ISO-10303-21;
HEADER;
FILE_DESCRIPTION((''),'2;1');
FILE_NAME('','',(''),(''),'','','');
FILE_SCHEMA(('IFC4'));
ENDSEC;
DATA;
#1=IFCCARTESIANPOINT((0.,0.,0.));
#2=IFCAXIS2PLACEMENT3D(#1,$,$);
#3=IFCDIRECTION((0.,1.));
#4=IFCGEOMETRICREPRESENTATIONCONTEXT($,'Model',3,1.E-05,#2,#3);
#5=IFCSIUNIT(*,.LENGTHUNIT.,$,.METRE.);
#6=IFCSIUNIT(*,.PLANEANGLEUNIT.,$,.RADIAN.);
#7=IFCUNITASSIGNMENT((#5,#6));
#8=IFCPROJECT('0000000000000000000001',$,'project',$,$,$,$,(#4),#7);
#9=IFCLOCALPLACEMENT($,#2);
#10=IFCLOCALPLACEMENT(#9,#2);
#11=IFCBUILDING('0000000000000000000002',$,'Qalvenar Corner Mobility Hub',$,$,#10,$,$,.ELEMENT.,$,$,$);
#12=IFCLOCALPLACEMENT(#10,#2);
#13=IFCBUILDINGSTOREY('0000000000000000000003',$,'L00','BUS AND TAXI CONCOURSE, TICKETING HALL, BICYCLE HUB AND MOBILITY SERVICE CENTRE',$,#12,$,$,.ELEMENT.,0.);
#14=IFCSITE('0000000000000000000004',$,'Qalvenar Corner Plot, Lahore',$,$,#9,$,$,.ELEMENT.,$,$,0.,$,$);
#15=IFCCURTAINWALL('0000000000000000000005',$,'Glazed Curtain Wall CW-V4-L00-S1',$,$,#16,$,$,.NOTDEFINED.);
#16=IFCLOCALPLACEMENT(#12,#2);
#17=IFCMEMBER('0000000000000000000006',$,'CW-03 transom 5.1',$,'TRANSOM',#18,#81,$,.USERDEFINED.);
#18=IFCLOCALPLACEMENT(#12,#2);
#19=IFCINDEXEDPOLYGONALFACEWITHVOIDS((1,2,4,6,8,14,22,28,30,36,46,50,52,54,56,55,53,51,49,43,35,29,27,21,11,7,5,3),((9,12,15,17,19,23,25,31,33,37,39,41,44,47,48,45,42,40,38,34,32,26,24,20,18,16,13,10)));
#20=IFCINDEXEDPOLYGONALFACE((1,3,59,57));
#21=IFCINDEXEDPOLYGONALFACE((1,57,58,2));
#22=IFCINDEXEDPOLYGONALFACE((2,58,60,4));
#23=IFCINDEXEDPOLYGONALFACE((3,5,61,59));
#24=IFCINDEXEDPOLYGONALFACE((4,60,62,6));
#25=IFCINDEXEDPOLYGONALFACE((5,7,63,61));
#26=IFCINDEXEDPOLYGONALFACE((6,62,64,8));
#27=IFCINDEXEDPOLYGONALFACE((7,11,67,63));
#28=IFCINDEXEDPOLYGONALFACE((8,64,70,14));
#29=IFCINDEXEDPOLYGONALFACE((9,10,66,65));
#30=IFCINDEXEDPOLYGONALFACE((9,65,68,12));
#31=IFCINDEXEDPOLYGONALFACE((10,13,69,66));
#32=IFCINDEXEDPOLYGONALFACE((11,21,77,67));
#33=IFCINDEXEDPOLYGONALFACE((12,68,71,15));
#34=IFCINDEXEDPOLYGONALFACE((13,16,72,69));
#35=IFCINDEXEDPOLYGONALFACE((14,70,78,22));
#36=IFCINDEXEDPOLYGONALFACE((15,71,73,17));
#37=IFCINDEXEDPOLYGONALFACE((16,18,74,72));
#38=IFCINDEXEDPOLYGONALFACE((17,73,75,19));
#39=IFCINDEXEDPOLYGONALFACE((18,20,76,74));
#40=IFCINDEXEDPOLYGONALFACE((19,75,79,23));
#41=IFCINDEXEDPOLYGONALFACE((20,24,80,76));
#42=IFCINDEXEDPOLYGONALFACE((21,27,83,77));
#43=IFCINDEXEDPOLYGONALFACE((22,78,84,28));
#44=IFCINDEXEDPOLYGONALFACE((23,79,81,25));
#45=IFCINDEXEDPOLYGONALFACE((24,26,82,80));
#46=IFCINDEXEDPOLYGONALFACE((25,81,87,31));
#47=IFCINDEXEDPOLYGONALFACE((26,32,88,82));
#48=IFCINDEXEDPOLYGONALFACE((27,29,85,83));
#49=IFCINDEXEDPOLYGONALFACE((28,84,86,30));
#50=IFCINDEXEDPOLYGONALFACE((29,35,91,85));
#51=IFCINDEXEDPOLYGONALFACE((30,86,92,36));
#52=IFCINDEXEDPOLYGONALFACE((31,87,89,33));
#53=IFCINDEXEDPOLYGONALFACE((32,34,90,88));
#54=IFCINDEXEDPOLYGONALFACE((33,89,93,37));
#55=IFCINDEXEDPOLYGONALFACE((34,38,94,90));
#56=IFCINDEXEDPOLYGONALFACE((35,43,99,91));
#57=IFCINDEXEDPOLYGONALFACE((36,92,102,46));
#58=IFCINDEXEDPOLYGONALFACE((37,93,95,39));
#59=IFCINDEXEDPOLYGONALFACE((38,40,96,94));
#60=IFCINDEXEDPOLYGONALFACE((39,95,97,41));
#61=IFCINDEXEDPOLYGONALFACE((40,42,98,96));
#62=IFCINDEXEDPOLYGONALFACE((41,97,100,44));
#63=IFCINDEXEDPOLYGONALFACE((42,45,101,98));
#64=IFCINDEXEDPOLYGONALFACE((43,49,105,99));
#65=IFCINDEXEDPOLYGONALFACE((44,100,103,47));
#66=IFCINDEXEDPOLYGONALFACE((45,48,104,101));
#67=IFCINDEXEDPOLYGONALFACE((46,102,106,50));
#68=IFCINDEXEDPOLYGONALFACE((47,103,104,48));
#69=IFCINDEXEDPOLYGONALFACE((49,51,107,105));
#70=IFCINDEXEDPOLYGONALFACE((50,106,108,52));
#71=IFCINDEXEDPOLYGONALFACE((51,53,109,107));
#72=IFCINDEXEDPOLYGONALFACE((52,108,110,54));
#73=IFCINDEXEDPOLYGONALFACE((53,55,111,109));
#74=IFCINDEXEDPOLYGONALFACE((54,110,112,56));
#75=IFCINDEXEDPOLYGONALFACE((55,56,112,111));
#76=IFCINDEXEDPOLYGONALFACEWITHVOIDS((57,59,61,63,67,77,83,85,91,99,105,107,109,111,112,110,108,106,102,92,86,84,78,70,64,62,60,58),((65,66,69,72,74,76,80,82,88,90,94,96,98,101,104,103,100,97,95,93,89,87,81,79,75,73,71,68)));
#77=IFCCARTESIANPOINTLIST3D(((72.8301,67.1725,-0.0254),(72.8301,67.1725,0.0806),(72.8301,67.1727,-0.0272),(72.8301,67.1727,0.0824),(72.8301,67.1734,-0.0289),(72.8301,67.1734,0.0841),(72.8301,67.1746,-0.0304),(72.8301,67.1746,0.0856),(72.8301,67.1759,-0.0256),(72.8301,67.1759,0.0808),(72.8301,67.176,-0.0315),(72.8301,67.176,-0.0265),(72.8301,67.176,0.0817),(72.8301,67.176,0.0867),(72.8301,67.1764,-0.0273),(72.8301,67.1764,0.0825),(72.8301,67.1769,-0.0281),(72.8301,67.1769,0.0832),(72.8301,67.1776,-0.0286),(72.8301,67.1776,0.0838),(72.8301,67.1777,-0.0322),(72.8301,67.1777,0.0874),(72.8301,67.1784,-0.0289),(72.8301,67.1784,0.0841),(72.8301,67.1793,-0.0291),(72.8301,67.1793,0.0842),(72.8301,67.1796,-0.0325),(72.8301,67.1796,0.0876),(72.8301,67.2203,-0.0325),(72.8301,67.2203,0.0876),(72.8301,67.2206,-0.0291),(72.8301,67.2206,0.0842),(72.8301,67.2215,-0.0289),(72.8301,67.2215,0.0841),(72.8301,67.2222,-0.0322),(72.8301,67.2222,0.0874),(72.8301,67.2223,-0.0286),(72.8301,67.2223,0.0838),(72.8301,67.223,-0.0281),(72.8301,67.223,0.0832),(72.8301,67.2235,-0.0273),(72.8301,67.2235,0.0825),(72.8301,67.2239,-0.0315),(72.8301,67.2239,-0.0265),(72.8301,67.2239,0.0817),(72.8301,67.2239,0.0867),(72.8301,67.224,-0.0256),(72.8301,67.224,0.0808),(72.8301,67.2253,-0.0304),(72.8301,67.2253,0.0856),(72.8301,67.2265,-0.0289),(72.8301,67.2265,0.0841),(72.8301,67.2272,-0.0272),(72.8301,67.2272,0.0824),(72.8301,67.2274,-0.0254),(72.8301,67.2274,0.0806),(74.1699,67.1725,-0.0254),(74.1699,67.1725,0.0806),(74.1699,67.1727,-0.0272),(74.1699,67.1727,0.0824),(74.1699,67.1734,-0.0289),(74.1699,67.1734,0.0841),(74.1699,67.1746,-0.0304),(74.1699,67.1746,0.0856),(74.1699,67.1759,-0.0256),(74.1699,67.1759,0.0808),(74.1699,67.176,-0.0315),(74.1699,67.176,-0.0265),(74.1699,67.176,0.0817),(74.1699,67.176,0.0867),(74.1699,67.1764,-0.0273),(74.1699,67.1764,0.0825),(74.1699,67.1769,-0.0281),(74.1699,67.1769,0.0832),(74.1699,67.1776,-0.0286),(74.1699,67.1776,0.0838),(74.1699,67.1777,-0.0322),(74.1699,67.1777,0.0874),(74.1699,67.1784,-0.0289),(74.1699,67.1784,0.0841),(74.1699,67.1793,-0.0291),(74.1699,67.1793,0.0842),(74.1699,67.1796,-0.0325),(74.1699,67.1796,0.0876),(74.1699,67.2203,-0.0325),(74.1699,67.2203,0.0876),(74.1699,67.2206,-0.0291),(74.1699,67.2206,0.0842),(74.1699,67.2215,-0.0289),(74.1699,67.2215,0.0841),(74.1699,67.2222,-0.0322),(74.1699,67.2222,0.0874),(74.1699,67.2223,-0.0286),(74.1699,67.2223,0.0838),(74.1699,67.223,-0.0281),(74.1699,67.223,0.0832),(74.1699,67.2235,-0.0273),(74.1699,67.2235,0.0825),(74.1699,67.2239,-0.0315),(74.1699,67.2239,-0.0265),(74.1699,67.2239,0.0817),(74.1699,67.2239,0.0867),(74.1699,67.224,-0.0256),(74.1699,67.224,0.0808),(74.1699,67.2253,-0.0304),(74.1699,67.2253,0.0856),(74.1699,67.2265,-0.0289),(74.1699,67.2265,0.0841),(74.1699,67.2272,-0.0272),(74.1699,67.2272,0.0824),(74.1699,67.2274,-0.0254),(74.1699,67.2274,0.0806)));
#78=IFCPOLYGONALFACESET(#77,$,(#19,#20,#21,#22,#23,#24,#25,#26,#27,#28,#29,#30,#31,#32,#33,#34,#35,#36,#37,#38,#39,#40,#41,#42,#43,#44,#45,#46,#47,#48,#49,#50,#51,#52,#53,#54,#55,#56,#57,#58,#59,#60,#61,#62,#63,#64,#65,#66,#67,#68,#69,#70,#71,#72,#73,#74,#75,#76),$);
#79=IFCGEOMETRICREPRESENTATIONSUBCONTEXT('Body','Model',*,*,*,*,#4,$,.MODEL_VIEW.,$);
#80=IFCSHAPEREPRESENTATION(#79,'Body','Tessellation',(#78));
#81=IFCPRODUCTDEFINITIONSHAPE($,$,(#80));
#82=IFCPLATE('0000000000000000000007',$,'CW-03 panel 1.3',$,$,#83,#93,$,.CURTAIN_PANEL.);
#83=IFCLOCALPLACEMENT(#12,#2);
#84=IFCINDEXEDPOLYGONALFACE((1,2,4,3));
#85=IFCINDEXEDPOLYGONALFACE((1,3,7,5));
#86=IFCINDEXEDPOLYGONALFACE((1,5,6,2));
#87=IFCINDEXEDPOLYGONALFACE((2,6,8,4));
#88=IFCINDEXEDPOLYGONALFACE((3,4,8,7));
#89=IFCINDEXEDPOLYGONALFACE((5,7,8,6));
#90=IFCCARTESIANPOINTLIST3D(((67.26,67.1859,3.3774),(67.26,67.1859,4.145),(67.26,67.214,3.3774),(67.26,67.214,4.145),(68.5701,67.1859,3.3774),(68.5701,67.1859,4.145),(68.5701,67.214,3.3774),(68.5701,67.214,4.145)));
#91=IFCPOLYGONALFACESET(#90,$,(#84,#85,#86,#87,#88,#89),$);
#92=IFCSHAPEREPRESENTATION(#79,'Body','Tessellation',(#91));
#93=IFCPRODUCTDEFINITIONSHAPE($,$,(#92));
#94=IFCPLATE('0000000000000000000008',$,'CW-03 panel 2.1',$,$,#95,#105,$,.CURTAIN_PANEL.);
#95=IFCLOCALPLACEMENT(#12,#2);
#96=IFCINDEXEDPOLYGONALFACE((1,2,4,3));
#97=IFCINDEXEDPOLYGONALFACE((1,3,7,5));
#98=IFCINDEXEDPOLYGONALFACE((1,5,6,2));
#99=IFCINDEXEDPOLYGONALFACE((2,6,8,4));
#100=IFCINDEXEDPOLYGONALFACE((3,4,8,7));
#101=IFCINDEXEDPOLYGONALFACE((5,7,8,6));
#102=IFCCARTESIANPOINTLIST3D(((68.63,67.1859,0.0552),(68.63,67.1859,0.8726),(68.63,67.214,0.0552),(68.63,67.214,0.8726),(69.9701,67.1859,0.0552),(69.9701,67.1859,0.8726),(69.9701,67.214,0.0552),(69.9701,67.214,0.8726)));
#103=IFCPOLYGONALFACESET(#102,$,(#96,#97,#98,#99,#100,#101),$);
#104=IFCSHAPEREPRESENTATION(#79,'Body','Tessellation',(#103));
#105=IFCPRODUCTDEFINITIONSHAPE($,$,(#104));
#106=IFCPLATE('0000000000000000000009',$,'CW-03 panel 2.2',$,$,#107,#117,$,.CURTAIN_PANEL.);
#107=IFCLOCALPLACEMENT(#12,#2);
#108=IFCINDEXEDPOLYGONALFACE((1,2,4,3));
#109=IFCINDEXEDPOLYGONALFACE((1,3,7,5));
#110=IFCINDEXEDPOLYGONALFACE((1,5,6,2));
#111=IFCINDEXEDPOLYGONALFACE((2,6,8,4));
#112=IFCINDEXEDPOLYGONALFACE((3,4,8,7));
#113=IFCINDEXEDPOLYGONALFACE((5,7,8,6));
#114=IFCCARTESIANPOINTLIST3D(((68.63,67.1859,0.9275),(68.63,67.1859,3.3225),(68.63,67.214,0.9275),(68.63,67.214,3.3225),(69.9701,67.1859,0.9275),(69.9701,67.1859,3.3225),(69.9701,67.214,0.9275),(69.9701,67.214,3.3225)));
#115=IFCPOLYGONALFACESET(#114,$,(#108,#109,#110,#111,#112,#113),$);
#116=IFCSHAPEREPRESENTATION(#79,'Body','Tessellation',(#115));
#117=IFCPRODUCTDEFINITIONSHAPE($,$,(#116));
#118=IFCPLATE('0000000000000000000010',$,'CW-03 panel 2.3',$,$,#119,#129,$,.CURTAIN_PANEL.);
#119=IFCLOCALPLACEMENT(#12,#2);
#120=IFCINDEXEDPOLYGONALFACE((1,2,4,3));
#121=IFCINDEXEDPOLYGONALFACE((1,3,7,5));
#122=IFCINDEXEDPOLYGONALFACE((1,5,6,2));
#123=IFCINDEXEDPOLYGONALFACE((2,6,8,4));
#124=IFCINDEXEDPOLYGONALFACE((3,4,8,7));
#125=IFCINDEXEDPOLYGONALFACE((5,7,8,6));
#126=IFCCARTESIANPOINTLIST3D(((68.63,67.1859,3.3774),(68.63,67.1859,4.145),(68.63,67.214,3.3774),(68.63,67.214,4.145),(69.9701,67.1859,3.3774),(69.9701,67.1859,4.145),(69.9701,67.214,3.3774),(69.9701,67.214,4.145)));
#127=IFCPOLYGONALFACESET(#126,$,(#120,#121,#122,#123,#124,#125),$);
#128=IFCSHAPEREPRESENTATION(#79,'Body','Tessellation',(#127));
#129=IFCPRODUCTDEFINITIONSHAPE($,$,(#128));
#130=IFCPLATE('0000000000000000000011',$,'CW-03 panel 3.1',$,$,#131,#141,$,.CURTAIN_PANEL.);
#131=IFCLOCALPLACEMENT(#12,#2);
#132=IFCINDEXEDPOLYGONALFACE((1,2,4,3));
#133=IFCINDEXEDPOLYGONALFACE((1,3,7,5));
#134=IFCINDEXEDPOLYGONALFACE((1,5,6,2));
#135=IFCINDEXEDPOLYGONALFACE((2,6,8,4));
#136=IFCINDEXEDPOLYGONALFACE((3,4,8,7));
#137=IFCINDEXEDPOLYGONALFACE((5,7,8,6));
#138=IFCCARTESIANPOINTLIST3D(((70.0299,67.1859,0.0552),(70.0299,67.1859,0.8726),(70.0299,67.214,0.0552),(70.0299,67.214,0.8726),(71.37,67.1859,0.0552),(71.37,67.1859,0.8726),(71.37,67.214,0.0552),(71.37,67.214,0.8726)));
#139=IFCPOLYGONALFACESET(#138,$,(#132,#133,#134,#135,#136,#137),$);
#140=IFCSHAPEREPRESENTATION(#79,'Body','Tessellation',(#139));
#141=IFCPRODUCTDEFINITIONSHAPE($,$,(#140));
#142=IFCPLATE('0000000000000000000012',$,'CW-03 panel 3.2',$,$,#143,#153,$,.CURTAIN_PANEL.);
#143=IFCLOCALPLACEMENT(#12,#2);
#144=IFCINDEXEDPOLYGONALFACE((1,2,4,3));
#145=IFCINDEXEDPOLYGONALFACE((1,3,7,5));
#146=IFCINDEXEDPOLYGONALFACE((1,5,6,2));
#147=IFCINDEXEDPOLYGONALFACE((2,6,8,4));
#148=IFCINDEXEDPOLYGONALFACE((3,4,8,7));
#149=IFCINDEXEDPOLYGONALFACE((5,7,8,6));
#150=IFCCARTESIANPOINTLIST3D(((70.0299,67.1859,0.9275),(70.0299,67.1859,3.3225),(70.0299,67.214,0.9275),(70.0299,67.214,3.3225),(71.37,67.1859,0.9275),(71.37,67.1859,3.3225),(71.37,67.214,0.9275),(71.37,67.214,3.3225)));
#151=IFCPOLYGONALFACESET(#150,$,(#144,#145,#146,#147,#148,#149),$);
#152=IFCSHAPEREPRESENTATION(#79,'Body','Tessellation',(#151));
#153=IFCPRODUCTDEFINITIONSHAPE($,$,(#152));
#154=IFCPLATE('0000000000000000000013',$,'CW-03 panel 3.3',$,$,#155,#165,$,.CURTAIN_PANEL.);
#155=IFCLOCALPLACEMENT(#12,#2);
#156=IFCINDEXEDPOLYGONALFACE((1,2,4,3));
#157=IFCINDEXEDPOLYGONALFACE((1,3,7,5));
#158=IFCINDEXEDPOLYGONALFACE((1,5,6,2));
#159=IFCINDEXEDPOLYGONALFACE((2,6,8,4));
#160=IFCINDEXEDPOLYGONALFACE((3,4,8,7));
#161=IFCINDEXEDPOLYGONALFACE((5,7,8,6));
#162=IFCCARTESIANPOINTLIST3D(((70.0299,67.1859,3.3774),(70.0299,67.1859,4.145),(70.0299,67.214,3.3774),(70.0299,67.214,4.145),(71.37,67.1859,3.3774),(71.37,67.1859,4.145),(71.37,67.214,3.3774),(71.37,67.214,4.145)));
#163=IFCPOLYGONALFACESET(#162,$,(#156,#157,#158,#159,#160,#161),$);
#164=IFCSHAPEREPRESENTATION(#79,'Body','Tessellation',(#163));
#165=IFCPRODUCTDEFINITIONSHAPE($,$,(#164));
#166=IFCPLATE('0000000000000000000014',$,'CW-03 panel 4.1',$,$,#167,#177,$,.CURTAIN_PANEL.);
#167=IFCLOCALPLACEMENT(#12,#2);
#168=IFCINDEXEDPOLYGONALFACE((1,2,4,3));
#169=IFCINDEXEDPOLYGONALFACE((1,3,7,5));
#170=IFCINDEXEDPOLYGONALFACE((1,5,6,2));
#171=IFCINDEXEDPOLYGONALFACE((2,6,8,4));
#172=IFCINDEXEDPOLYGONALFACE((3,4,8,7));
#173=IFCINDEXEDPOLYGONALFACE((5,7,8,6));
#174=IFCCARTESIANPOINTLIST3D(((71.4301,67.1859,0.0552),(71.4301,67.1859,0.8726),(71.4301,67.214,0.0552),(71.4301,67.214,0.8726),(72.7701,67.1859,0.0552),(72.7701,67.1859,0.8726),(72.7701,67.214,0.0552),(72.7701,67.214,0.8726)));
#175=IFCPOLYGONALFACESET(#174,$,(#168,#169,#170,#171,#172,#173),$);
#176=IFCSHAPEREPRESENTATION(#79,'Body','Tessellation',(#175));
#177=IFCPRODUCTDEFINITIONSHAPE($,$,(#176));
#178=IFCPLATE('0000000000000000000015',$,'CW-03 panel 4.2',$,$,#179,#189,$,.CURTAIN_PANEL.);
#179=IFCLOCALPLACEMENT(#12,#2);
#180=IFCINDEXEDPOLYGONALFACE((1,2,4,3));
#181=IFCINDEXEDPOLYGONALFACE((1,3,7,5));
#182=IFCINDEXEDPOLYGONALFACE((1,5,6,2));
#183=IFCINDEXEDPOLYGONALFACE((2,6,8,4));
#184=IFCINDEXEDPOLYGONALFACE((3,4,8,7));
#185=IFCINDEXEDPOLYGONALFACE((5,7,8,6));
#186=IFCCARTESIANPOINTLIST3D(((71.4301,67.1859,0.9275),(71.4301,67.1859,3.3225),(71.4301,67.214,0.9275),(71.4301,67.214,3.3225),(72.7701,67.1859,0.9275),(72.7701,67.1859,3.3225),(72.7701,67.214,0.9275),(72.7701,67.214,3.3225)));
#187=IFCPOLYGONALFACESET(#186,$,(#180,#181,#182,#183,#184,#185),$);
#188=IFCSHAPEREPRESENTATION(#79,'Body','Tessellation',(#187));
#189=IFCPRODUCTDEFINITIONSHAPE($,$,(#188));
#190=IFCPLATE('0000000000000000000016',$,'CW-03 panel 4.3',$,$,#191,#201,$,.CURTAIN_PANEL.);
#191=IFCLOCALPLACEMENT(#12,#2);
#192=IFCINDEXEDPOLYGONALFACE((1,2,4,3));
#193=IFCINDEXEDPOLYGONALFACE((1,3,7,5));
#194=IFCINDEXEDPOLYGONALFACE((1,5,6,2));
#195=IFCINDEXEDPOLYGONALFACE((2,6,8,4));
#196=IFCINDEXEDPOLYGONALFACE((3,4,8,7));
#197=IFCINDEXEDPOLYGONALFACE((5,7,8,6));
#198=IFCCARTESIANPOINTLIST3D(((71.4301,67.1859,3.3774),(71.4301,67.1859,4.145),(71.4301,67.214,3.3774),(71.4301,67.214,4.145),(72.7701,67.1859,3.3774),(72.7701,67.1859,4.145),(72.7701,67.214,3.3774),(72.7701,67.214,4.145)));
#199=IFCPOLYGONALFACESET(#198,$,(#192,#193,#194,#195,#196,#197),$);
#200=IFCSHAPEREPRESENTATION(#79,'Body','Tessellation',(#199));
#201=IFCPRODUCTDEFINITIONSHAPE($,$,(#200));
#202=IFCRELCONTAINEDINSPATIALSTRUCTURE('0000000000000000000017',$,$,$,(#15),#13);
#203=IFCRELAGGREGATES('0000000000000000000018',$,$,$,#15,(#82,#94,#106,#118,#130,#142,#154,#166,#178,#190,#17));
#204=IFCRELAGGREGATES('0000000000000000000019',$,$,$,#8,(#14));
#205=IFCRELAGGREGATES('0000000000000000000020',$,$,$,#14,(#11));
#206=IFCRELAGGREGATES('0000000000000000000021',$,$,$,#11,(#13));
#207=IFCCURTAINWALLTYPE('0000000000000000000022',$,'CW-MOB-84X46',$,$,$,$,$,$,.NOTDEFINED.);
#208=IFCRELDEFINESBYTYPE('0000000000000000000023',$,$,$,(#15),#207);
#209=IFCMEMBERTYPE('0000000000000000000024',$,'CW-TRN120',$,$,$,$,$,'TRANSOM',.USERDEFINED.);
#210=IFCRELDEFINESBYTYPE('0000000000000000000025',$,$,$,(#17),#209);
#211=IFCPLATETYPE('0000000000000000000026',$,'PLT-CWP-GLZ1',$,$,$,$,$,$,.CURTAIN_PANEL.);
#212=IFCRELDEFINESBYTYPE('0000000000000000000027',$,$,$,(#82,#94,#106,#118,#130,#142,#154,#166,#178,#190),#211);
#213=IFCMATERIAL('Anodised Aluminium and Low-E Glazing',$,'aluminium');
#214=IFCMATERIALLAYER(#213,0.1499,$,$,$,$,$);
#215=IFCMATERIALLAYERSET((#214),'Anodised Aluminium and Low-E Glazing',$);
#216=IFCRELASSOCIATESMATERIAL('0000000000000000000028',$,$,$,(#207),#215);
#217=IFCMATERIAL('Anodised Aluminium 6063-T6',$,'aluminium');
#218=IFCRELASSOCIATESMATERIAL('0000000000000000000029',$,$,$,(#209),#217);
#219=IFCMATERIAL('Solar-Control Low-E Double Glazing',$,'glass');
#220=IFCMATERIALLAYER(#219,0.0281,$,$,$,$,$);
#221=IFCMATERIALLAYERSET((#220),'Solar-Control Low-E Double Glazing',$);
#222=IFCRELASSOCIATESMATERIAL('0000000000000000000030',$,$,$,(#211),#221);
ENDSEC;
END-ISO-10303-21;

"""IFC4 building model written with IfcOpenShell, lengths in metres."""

from ifc_helpers import new_model, si_unit, direction, frame, origin, origin_2d, place, context, subcontext, project, spatial, rectangle, hollow_rectangle, extrude, material, layer, layer_set, material_profile, profile_set, type_object, element, aggregate, save


model = new_model("IFC4")

# Units and contexts
model_context = context("Model", 3, precision=1e-05, world=origin(), true_north=direction((0.0, 1.0)))
body_context = subcontext(model_context, "Body", "Model", "MODEL_VIEW")
ifc_project = project(units=[si_unit("LENGTHUNIT", "METRE"), si_unit("PLANEANGLEUNIT", "RADIAN")], contexts=[model_context])

# Site, building, storey
site_placement = place(None, origin())
site = spatial("IfcSite", under=ifc_project, at=site_placement, Name="Qalvenar Corner Plot, Lahore", CompositionType="ELEMENT", RefElevation=0.0)
building_placement = place(site_placement, origin())
building = spatial("IfcBuilding", under=site, at=building_placement, Name="Qalvenar Corner Mobility Hub", CompositionType="ELEMENT")
storey_placement = place(building_placement, origin())
storey = spatial("IfcBuildingStorey", under=building, at=storey_placement, Name="L00", Description="BUS AND TAXI CONCOURSE, TICKETING HALL, BICYCLE HUB AND MOBILITY SERVICE CENTRE", CompositionType="ELEMENT", Elevation=0.0)

# Curtain wall, member, plates
ifc_material_1 = material(Name="Anodised Aluminium and Low-E Glazing", Category="aluminium")
ifc_layer_1 = layer(ifc_material_1, 0.1499)
ifc_layer_set_1 = layer_set([ifc_layer_1], Name="Anodised Aluminium and Low-E Glazing")
curtain_wall_type = type_object("IfcCurtainWallType", Name="CW-MOB-84X46", PredefinedType="NOTDEFINED", material=ifc_layer_set_1)
curtain_wall_placement = place(storey_placement, origin())
curtain_wall = element("IfcCurtainWall", 1, at=curtain_wall_placement, inside=storey, type_object=curtain_wall_type, Name="Glazed Curtain Wall CW-V4-L00-S1", PredefinedType="NOTDEFINED")
ifc_material_2 = material(Name="Anodised Aluminium 6063-T6", Category="aluminium")
ifc_material_profile_1 = material_profile(ifc_material_2, hollow_rectangle(XDim=0.0549, YDim=0.1201, WallThickness=0.0034, InnerFilletRadius=0.0034, OuterFilletRadius=0.0071, at=origin_2d()), Name="RHS120x55x3.5")
ifc_profile_set_1 = profile_set([ifc_material_profile_1], Name="Anodised Aluminium 6063-T6")
member_type_1 = type_object("IfcMemberType", Name="CW-TRN120", ElementType="TRANSOM", PredefinedType="USERDEFINED", material=ifc_profile_set_1)
member_1_placement = place(storey_placement, frame((72.8301, 67.2, 0.0276), z_axis=(1.0, 0.0, 0.0), x_axis=(0.0, 1.0, 0.0)))
member_1 = element("IfcMember", 2, at=member_1_placement, type_object=member_type_1, Name="CW-03 transom 5.1", ObjectType="TRANSOM", PredefinedType="USERDEFINED", context=body_context, shape_type="SweptSolid", body=[
    extrude(hollow_rectangle(XDim=0.0549, YDim=0.1201, WallThickness=0.0034, InnerFilletRadius=0.0034, OuterFilletRadius=0.0071, at=origin_2d()), origin(), (0.0, 0.0, 1.0), 1.3398),
])
ifc_material_3 = material(Name="Solar-Control Low-E Double Glazing", Category="glass")
ifc_layer_2 = layer(ifc_material_3, 0.0281)
ifc_layer_set_2 = layer_set([ifc_layer_2], Name="Solar-Control Low-E Double Glazing")
plate_type = type_object("IfcPlateType", Name="PLT-CWP-GLZ1", PredefinedType="CURTAIN_PANEL", material=ifc_layer_set_2)
plate_1_placement = place(storey_placement, frame((67.915, 67.2, 3.3774), z_axis=(0.0, 0.0, 1.0), x_axis=(1.0, 0.0, 0.0)))
plate_1 = element("IfcPlate", 3, at=plate_1_placement, type_object=plate_type, Name="CW-03 panel 1.3", PredefinedType="CURTAIN_PANEL", context=body_context, shape_type="SweptSolid", body=[
    extrude(rectangle(XDim=1.3101, YDim=0.0281, at=origin_2d()), origin(), (0.0, 0.0, 1.0), 0.7676),
])
plate_2_placement = place(storey_placement, frame((69.3, 67.2, 0.0552), z_axis=(0.0, 0.0, 1.0), x_axis=(1.0, 0.0, 0.0)))
plate_2 = element("IfcPlate", 4, at=plate_2_placement, type_object=plate_type, Name="CW-03 panel 2.1", PredefinedType="CURTAIN_PANEL", context=body_context, shape_type="SweptSolid", body=[
    extrude(rectangle(XDim=1.3401, YDim=0.0281, at=origin_2d()), origin(), (0.0, 0.0, 1.0), 0.8174),
])
plate_3_placement = place(storey_placement, frame((69.3, 67.2, 0.9275), z_axis=(0.0, 0.0, 1.0), x_axis=(1.0, 0.0, 0.0)))
plate_3 = element("IfcPlate", 5, at=plate_3_placement, type_object=plate_type, Name="CW-03 panel 2.2", PredefinedType="CURTAIN_PANEL", context=body_context, shape_type="SweptSolid", body=[
    extrude(rectangle(XDim=1.3401, YDim=0.0281, at=origin_2d()), origin(), (0.0, 0.0, 1.0), 2.395),
])
plate_4_placement = place(storey_placement, frame((69.3, 67.2, 3.3774), z_axis=(0.0, 0.0, 1.0), x_axis=(1.0, 0.0, 0.0)))
plate_4 = element("IfcPlate", 6, at=plate_4_placement, type_object=plate_type, Name="CW-03 panel 2.3", PredefinedType="CURTAIN_PANEL", context=body_context, shape_type="SweptSolid", body=[
    extrude(rectangle(XDim=1.3401, YDim=0.0281, at=origin_2d()), origin(), (0.0, 0.0, 1.0), 0.7676),
])
plate_5_placement = place(storey_placement, frame((70.7, 67.2, 0.0552), z_axis=(0.0, 0.0, 1.0), x_axis=(1.0, 0.0, 0.0)))
plate_5 = element("IfcPlate", 7, at=plate_5_placement, type_object=plate_type, Name="CW-03 panel 3.1", PredefinedType="CURTAIN_PANEL", context=body_context, shape_type="SweptSolid", body=[
    extrude(rectangle(XDim=1.3401, YDim=0.0281, at=origin_2d()), origin(), (0.0, 0.0, 1.0), 0.8174),
])
plate_6_placement = place(storey_placement, frame((70.7, 67.2, 0.9275), z_axis=(0.0, 0.0, 1.0), x_axis=(1.0, 0.0, 0.0)))
plate_6 = element("IfcPlate", 8, at=plate_6_placement, type_object=plate_type, Name="CW-03 panel 3.2", PredefinedType="CURTAIN_PANEL", context=body_context, shape_type="SweptSolid", body=[
    extrude(rectangle(XDim=1.3401, YDim=0.0281, at=origin_2d()), origin(), (0.0, 0.0, 1.0), 2.395),
])
plate_7_placement = place(storey_placement, frame((70.7, 67.2, 3.3774), z_axis=(0.0, 0.0, 1.0), x_axis=(1.0, 0.0, 0.0)))
plate_7 = element("IfcPlate", 9, at=plate_7_placement, type_object=plate_type, Name="CW-03 panel 3.3", PredefinedType="CURTAIN_PANEL", context=body_context, shape_type="SweptSolid", body=[
    extrude(rectangle(XDim=1.3401, YDim=0.0281, at=origin_2d()), origin(), (0.0, 0.0, 1.0), 0.7676),
])
plate_8_placement = place(storey_placement, frame((72.1001, 67.2, 0.0552), z_axis=(0.0, 0.0, 1.0), x_axis=(1.0, 0.0, 0.0)))
plate_8 = element("IfcPlate", 10, at=plate_8_placement, type_object=plate_type, Name="CW-03 panel 4.1", PredefinedType="CURTAIN_PANEL", context=body_context, shape_type="SweptSolid", body=[
    extrude(rectangle(XDim=1.3401, YDim=0.0281, at=origin_2d()), origin(), (0.0, 0.0, 1.0), 0.8174),
])
plate_9_placement = place(storey_placement, frame((72.1001, 67.2, 0.9275), z_axis=(0.0, 0.0, 1.0), x_axis=(1.0, 0.0, 0.0)))
plate_9 = element("IfcPlate", 11, at=plate_9_placement, type_object=plate_type, Name="CW-03 panel 4.2", PredefinedType="CURTAIN_PANEL", context=body_context, shape_type="SweptSolid", body=[
    extrude(rectangle(XDim=1.3401, YDim=0.0281, at=origin_2d()), origin(), (0.0, 0.0, 1.0), 2.395),
])
plate_10_placement = place(storey_placement, frame((72.1001, 67.2, 3.3774), z_axis=(0.0, 0.0, 1.0), x_axis=(1.0, 0.0, 0.0)))
plate_10 = element("IfcPlate", 12, at=plate_10_placement, type_object=plate_type, Name="CW-03 panel 4.3", PredefinedType="CURTAIN_PANEL", context=body_context, shape_type="SweptSolid", body=[
    extrude(rectangle(XDim=1.3401, YDim=0.0281, at=origin_2d()), origin(), (0.0, 0.0, 1.0), 0.7676),
])
aggregate(curtain_wall, [plate_1, plate_2, plate_3, plate_4, plate_5, plate_6, plate_7, plate_8, plate_9, plate_10, member_1])

save(model, "model.ifc")
